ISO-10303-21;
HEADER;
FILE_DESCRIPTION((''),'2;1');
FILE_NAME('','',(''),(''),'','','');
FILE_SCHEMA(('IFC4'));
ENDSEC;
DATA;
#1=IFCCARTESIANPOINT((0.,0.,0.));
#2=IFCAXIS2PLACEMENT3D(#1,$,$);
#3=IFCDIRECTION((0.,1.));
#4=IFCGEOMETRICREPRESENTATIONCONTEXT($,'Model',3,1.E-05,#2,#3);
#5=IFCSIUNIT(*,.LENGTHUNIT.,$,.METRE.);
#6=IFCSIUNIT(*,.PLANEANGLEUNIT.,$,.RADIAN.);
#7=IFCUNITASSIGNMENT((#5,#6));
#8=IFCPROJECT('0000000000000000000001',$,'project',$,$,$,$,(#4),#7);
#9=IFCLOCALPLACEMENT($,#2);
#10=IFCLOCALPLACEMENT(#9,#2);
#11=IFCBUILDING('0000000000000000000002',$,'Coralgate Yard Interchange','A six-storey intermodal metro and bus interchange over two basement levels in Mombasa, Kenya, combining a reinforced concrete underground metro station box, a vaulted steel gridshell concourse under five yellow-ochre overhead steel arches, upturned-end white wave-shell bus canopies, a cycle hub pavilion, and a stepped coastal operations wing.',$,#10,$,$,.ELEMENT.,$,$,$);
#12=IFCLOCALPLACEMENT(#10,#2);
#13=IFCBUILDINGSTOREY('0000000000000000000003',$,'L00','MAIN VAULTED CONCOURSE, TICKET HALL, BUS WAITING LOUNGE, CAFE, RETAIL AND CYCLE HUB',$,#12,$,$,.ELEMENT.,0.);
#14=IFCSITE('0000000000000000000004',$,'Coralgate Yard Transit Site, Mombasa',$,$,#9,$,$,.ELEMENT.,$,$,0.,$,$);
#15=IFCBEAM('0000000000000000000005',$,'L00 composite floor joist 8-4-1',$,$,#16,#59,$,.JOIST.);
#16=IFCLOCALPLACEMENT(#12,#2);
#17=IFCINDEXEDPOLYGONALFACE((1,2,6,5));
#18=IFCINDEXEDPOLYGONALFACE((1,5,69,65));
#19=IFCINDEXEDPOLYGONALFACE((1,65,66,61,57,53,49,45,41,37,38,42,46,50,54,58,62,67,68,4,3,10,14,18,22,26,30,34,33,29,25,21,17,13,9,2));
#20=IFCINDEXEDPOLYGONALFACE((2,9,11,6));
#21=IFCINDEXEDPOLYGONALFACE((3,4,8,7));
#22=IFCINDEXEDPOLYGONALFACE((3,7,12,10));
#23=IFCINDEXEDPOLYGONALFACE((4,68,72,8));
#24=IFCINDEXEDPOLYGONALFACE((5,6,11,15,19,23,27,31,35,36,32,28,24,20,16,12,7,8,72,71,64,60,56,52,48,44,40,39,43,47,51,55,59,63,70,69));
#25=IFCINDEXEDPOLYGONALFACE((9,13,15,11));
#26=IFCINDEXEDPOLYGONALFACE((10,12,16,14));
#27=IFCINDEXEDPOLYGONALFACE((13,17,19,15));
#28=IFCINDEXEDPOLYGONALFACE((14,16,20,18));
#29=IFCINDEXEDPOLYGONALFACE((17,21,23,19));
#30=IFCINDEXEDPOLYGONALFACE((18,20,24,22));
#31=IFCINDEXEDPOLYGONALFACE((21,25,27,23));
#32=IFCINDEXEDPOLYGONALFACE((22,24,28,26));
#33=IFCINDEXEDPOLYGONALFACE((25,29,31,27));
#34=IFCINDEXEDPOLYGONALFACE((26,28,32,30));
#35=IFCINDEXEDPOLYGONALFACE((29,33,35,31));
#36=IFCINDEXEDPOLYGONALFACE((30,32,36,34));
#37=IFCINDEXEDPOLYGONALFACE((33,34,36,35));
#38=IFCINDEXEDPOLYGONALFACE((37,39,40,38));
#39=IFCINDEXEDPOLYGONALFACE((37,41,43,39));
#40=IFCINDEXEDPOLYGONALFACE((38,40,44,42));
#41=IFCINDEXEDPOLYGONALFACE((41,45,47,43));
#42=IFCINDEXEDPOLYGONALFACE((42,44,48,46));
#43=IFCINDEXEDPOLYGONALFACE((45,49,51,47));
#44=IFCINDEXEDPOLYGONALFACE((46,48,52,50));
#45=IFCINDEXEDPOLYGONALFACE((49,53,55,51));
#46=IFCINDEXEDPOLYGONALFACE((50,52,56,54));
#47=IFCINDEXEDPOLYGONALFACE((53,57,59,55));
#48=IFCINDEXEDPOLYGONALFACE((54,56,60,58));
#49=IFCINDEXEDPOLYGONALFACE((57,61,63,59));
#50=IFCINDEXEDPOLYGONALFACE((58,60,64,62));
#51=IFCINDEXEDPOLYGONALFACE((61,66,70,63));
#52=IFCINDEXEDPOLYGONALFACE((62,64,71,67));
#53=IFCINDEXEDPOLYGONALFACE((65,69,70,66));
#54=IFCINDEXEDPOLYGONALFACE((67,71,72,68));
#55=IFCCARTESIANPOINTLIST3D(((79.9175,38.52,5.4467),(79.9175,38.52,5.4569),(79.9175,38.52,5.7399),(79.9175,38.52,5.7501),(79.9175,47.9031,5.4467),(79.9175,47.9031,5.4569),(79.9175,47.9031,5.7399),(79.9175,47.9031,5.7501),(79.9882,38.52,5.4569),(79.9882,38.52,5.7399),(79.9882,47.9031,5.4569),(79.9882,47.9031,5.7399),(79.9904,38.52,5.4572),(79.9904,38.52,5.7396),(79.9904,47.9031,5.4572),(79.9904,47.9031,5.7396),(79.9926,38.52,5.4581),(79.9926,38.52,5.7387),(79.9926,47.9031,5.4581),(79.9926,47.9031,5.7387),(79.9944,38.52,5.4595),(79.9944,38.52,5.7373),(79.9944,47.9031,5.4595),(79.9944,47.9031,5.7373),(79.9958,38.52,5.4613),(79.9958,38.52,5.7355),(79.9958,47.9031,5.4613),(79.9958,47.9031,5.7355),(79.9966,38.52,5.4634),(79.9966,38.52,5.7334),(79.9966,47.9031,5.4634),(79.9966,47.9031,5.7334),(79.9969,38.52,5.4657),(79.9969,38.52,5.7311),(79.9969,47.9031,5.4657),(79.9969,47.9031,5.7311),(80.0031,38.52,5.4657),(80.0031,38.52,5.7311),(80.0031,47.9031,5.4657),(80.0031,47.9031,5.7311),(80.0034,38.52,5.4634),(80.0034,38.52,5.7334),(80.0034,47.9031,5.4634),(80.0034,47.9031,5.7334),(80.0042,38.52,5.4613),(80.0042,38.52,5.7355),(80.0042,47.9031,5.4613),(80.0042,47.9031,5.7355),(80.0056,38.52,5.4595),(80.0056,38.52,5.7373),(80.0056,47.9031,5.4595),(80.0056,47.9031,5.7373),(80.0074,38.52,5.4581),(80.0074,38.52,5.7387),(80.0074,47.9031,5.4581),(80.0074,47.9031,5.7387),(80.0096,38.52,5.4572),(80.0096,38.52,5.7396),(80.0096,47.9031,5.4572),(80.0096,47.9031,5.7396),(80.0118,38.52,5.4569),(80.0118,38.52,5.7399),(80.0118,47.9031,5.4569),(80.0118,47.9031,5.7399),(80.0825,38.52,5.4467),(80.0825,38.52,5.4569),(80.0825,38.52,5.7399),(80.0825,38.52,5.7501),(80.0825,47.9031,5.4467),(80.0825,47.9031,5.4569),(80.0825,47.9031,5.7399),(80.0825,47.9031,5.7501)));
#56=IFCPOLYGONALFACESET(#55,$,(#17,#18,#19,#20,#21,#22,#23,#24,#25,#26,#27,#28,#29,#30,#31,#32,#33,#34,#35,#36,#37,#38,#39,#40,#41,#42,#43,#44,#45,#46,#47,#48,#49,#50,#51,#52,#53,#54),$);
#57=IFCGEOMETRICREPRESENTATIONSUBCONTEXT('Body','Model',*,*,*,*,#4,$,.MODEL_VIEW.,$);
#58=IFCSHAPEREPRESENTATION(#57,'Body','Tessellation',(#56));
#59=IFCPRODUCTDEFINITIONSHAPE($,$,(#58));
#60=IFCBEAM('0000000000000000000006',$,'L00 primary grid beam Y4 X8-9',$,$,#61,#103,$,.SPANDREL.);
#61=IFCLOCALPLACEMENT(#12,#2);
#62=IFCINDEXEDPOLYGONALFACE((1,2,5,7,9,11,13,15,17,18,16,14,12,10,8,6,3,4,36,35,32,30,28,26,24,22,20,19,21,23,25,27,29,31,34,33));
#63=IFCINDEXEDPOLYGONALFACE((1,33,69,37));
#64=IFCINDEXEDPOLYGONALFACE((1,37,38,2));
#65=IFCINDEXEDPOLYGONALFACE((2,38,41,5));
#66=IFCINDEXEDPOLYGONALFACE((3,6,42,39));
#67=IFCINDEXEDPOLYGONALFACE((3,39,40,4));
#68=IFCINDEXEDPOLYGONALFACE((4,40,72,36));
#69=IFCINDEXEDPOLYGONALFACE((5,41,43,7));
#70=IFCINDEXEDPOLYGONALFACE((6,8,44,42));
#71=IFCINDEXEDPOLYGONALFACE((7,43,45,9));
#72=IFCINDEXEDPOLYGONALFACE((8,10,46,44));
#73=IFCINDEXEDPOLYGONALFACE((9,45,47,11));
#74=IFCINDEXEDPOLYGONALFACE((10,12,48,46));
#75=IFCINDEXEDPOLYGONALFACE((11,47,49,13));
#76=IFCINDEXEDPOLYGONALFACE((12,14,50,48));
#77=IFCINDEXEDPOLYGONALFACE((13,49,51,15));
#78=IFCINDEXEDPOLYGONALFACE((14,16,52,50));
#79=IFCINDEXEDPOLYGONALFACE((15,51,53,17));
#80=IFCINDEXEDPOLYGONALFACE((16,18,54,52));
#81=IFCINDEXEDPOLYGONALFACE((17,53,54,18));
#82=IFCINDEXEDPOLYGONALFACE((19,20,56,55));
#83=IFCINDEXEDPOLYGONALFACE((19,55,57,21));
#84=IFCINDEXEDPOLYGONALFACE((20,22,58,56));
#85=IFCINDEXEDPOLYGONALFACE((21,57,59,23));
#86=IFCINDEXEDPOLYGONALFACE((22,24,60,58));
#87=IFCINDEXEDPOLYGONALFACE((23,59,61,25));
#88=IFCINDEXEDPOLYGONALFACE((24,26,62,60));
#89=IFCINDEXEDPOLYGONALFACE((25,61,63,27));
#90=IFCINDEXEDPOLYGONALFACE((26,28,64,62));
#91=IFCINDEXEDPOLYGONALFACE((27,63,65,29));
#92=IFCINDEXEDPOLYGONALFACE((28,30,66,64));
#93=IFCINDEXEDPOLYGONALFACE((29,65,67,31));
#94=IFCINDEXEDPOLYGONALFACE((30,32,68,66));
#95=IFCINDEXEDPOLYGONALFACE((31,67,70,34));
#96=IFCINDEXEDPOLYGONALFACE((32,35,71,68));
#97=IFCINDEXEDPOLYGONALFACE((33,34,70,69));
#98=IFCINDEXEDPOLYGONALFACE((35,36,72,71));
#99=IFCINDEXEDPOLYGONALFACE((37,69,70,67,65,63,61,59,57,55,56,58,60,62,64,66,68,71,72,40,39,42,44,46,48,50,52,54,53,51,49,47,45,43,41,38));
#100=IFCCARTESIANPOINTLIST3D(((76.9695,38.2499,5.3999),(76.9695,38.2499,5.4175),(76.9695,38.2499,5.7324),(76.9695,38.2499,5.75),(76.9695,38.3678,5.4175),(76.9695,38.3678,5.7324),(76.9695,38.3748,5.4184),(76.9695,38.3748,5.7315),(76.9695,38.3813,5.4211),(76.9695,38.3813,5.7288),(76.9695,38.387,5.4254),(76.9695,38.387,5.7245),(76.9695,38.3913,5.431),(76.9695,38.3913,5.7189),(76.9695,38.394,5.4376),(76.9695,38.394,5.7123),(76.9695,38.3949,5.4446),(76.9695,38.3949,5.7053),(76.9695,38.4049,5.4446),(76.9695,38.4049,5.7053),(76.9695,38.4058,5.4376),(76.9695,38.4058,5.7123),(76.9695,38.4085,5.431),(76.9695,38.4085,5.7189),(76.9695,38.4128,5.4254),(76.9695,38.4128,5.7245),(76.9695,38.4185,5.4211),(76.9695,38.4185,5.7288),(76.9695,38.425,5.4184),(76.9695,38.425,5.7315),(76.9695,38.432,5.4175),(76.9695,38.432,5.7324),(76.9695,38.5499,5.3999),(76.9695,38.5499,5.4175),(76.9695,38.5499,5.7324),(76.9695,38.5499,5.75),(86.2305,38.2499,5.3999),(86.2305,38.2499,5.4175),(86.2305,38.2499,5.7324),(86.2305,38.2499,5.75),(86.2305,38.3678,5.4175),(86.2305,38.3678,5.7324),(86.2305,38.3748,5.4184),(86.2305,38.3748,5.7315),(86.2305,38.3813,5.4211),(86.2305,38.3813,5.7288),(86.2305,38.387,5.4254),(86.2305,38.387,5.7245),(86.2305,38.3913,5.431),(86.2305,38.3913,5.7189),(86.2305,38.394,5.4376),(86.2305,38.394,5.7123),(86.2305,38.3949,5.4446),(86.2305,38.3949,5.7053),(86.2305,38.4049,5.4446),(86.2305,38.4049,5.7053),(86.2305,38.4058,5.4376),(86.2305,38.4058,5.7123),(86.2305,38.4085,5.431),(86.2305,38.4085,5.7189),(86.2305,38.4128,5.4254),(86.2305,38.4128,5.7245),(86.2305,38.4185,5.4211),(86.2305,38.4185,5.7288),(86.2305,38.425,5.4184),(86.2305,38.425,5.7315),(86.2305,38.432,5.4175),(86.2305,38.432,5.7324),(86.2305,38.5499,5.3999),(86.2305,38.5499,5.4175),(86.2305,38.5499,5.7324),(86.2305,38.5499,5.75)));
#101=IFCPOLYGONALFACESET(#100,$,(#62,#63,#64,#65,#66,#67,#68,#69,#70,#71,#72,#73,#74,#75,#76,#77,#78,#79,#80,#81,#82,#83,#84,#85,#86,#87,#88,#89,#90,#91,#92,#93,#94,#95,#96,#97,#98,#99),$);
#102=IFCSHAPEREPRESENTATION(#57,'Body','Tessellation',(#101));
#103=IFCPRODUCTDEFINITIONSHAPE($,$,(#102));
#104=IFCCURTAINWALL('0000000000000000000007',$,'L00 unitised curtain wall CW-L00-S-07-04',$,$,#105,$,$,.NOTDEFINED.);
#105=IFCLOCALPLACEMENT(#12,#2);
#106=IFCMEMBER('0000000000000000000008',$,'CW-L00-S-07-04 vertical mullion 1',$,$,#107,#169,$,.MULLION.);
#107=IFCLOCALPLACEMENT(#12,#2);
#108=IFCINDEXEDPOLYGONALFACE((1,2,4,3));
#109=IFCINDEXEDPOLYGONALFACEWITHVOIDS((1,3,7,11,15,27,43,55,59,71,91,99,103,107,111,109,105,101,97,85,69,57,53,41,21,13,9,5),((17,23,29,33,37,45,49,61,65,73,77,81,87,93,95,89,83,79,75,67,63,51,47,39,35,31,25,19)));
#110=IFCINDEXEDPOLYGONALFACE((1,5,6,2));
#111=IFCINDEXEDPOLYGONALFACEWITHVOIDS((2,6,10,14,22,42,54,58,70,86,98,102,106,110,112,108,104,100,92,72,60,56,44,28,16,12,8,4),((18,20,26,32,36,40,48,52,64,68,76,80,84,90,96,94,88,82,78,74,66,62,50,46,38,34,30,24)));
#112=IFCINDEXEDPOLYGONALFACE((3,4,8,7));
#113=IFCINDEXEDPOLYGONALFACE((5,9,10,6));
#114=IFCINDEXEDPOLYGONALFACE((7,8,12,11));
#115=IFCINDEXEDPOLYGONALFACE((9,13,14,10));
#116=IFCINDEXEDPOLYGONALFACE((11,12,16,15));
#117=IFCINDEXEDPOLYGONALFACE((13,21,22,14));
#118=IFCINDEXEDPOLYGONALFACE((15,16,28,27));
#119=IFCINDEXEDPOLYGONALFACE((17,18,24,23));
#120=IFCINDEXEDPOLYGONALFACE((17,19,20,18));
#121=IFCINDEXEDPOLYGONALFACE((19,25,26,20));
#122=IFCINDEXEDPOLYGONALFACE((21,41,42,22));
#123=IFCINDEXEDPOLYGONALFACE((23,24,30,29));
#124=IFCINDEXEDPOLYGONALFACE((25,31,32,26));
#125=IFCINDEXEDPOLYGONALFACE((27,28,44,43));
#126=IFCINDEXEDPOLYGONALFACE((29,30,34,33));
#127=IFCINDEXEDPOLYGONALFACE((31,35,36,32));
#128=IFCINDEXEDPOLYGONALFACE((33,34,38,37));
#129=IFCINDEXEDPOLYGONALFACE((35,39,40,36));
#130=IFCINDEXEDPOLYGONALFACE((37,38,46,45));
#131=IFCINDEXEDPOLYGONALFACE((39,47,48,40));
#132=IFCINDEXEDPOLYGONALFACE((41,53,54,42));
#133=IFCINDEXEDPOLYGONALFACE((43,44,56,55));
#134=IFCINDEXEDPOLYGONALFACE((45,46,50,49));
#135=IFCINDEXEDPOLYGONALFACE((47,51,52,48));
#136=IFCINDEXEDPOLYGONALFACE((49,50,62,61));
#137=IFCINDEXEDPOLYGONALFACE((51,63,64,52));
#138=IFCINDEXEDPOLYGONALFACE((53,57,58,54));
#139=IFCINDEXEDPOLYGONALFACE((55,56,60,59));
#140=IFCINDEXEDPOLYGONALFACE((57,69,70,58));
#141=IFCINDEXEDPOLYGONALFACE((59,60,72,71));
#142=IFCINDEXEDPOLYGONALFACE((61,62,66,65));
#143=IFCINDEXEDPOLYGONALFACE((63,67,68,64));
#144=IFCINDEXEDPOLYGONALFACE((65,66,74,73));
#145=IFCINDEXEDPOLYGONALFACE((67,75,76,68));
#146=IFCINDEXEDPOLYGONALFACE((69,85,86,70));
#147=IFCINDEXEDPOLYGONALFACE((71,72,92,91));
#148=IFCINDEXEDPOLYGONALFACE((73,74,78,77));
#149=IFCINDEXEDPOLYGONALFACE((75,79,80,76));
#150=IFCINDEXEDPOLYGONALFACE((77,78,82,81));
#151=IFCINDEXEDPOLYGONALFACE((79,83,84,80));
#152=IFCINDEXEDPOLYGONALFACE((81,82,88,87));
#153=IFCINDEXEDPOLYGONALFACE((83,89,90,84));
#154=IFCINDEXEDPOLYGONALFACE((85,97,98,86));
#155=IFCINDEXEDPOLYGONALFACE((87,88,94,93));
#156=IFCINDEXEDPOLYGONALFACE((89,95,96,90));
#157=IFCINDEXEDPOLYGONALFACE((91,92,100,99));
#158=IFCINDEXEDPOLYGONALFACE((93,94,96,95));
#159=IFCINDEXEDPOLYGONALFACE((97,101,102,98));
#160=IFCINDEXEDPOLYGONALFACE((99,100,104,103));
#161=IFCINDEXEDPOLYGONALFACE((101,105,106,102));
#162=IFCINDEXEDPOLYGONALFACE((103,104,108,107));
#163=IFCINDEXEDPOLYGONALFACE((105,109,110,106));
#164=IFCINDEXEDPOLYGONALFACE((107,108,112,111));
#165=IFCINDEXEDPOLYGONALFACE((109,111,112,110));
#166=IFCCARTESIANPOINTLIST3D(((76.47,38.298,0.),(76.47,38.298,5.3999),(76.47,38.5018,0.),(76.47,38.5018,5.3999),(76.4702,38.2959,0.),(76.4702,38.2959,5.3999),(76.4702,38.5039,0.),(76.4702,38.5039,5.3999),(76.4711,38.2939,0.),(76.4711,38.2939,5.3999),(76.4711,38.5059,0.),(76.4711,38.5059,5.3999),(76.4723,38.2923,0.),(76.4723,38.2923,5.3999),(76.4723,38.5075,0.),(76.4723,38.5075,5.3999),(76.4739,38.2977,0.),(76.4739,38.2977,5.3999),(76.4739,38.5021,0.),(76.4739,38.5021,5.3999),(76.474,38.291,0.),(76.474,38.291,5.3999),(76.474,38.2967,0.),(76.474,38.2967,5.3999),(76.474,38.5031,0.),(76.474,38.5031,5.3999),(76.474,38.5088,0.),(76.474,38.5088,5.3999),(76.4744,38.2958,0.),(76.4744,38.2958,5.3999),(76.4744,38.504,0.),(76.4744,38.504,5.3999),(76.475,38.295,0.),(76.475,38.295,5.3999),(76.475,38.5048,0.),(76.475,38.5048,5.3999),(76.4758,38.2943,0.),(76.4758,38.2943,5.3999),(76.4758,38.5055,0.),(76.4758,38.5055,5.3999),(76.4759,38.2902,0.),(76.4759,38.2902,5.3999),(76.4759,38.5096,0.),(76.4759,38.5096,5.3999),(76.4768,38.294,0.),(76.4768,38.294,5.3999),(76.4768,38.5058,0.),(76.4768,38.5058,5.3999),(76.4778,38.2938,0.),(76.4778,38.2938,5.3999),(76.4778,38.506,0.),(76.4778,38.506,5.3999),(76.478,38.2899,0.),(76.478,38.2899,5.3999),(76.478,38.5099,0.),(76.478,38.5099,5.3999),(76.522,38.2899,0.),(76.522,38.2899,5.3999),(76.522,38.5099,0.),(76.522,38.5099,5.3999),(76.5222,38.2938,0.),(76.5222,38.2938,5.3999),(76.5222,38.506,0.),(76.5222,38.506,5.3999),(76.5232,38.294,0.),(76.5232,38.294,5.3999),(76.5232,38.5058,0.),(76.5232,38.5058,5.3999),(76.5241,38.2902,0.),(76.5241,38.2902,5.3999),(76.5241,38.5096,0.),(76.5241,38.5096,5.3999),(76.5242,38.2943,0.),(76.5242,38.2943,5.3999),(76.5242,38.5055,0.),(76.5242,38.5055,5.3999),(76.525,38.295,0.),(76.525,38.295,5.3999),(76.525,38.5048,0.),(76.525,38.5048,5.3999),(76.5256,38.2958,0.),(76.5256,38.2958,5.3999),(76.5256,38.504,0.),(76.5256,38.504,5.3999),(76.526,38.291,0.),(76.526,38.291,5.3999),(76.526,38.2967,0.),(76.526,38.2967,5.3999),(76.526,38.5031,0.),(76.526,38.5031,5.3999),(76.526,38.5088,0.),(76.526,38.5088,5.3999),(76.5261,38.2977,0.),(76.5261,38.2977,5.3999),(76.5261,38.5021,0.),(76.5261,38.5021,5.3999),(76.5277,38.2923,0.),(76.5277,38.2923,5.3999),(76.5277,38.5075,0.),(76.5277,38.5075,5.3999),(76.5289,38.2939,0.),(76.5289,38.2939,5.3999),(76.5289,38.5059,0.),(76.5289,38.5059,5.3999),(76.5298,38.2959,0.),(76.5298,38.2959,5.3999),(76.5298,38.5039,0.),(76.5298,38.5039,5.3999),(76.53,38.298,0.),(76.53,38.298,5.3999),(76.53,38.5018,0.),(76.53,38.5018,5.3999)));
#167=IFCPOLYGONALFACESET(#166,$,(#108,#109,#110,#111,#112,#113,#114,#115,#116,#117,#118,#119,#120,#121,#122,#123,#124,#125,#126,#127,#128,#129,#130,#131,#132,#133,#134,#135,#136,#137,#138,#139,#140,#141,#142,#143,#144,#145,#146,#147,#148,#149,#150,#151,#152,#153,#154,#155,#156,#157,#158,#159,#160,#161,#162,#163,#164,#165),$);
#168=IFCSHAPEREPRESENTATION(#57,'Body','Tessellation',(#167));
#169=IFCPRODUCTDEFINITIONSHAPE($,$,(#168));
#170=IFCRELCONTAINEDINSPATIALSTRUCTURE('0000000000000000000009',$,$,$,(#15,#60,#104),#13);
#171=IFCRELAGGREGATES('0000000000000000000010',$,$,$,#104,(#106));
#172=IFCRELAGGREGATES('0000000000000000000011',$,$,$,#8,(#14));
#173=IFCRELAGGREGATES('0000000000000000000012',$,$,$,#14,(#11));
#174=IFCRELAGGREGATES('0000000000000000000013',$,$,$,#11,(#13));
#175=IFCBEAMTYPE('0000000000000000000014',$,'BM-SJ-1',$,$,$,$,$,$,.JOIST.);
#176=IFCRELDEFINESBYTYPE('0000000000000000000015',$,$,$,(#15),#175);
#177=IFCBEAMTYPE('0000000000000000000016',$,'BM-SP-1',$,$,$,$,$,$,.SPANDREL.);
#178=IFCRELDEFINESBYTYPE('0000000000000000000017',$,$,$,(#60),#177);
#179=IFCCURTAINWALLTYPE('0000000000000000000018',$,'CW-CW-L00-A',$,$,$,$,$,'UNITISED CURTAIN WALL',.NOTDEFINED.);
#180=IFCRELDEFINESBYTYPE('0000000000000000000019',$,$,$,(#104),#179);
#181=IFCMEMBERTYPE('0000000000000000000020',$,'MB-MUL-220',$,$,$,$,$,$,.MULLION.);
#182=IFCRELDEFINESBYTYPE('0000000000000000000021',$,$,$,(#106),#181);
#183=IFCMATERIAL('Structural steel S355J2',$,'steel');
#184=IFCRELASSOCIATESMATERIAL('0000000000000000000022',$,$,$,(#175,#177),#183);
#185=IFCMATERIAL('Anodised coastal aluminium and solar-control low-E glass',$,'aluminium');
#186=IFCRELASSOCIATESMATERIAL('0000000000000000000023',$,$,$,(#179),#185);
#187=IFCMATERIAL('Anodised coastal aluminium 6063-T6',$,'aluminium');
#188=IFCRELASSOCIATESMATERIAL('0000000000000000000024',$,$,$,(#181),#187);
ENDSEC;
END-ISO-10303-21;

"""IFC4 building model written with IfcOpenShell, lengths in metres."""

from ifc_helpers import new_model, si_unit, direction, frame, origin, origin_2d, place, context, subcontext, project, spatial, hollow_rectangle, i_section, extrude, material, material_profile, profile_set, type_object, element, aggregate, save


model = new_model("IFC4")

# Units and contexts
model_context = context("Model", 3, precision=1e-05, world=origin(), true_north=direction((0.0, 1.0)))
body_context = subcontext(model_context, "Body", "Model", "MODEL_VIEW")
ifc_project = project(units=[si_unit("LENGTHUNIT", "METRE"), si_unit("PLANEANGLEUNIT", "RADIAN")], contexts=[model_context])

# Site, building, storey
site_placement = place(None, origin())
site = spatial("IfcSite", under=ifc_project, at=site_placement, Name="Coralgate Yard Transit Site, Mombasa", CompositionType="ELEMENT", RefElevation=0.0)
building_placement = place(site_placement, origin())
building = spatial("IfcBuilding", under=site, at=building_placement, Name="Coralgate Yard Interchange", Description="A six-storey intermodal metro and bus interchange over two basement levels in Mombasa, Kenya, combining a reinforced concrete underground metro station box, a vaulted steel gridshell concourse under five yellow-ochre overhead steel arches, upturned-end white wave-shell bus canopies, a cycle hub pavilion, and a stepped coastal operations wing.", CompositionType="ELEMENT")
storey_placement = place(building_placement, origin())
storey = spatial("IfcBuildingStorey", under=building, at=storey_placement, Name="L00", Description="MAIN VAULTED CONCOURSE, TICKET HALL, BUS WAITING LOUNGE, CAFE, RETAIL AND CYCLE HUB", CompositionType="ELEMENT", Elevation=0.0)

# Shared definitions
ifc_material_1 = material(Name="Structural steel S355J2", Category="steel")

# Beams
ifc_material_profile_1 = material_profile(ifc_material_1, i_section(OverallWidth=0.165, OverallDepth=0.3035, WebThickness=0.0061, FlangeThickness=0.0103, FilletRadius=0.0088, at=origin_2d()), Name="UB 305x165x40")
ifc_profile_set_1 = profile_set([ifc_material_profile_1], Name="Structural steel S355J2")
beam_type_1 = type_object("IfcBeamType", Name="BM-SJ-1", PredefinedType="JOIST", material=ifc_profile_set_1)
for number, where, z_axis, x_axis, name in (
    (1, (80.0, 38.52, 5.5984), (0.0, 1.0, 0.0), (-1.0, 0.0, 0.0), "L00 composite floor joist 8-4-1"),
):
    element("IfcBeam", number, at=place(storey_placement, frame(where, z_axis=z_axis, x_axis=x_axis)), inside=storey, type_object=beam_type_1, Name=name, PredefinedType="JOIST", context=body_context, shape_type="SweptSolid", body=[
        extrude(i_section(OverallWidth=0.165, OverallDepth=0.3035, WebThickness=0.0061, FlangeThickness=0.0103, FilletRadius=0.0088, at=origin_2d()), origin(), (0.0, 0.0, 1.0), 9.3831),
    ])
ifc_material_profile_2 = material_profile(ifc_material_1, i_section(OverallWidth=0.3, OverallDepth=0.3501, WebThickness=0.01, FlangeThickness=0.0176, FilletRadius=0.0271, at=origin_2d()), Name="HEA 360")
ifc_profile_set_2 = profile_set([ifc_material_profile_2], Name="Structural steel S355J2")
beam_type_2 = type_object("IfcBeamType", Name="BM-SP-1", PredefinedType="SPANDREL", material=ifc_profile_set_2)
beam_1_placement = place(storey_placement, frame((76.9695, 38.3999, 5.575), z_axis=(1.0, 0.0, 0.0), x_axis=(0.0, 1.0, 0.0)))
element("IfcBeam", 2, at=beam_1_placement, inside=storey, type_object=beam_type_2, Name="L00 primary grid beam Y4 X8-9", PredefinedType="SPANDREL", context=body_context, shape_type="SweptSolid", body=[
    extrude(i_section(OverallWidth=0.3, OverallDepth=0.3501, WebThickness=0.01, FlangeThickness=0.0176, FilletRadius=0.0271, at=origin_2d()), origin(), (0.0, 0.0, 1.0), 9.261),
])

# Curtain wall, member
ifc_material_2 = material(Name="Anodised coastal aluminium and solar-control low-E glass", Category="aluminium")
curtain_wall_type = type_object("IfcCurtainWallType", Name="CW-CW-L00-A", ElementType="UNITISED CURTAIN WALL", PredefinedType="NOTDEFINED", material=ifc_material_2)
curtain_wall_placement = place(storey_placement, origin())
curtain_wall = element("IfcCurtainWall", 3, at=curtain_wall_placement, inside=storey, type_object=curtain_wall_type, Name="L00 unitised curtain wall CW-L00-S-07-04", PredefinedType="NOTDEFINED")
ifc_material_3 = material(Name="Anodised coastal aluminium 6063-T6", Category="aluminium")
ifc_material_profile_3 = material_profile(ifc_material_3, hollow_rectangle(XDim=0.0601, YDim=0.22, WallThickness=0.0039, InnerFilletRadius=0.0039, OuterFilletRadius=0.0081, at=origin_2d()), Name="ALU 60x220x4")
ifc_profile_set_3 = profile_set([ifc_material_profile_3], Name="Anodised coastal aluminium 6063-T6")
member_type_1 = type_object("IfcMemberType", Name="MB-MUL-220", PredefinedType="MULLION", material=ifc_profile_set_3)
member_1_placement = place(storey_placement, frame((76.5, 38.3999, 0.0), z_axis=(0.0, 0.0, 1.0), x_axis=(1.0, 0.0, 0.0)))
member_1 = element("IfcMember", 4, at=member_1_placement, type_object=member_type_1, Name="CW-L00-S-07-04 vertical mullion 1", PredefinedType="MULLION", context=body_context, shape_type="SweptSolid", body=[
    extrude(hollow_rectangle(XDim=0.0601, YDim=0.22, WallThickness=0.0039, InnerFilletRadius=0.0039, OuterFilletRadius=0.0081, at=origin_2d()), origin(), (0.0, 0.0, 1.0), 5.3999),
])
aggregate(curtain_wall, [member_1])

save(model, "model.ifc")
